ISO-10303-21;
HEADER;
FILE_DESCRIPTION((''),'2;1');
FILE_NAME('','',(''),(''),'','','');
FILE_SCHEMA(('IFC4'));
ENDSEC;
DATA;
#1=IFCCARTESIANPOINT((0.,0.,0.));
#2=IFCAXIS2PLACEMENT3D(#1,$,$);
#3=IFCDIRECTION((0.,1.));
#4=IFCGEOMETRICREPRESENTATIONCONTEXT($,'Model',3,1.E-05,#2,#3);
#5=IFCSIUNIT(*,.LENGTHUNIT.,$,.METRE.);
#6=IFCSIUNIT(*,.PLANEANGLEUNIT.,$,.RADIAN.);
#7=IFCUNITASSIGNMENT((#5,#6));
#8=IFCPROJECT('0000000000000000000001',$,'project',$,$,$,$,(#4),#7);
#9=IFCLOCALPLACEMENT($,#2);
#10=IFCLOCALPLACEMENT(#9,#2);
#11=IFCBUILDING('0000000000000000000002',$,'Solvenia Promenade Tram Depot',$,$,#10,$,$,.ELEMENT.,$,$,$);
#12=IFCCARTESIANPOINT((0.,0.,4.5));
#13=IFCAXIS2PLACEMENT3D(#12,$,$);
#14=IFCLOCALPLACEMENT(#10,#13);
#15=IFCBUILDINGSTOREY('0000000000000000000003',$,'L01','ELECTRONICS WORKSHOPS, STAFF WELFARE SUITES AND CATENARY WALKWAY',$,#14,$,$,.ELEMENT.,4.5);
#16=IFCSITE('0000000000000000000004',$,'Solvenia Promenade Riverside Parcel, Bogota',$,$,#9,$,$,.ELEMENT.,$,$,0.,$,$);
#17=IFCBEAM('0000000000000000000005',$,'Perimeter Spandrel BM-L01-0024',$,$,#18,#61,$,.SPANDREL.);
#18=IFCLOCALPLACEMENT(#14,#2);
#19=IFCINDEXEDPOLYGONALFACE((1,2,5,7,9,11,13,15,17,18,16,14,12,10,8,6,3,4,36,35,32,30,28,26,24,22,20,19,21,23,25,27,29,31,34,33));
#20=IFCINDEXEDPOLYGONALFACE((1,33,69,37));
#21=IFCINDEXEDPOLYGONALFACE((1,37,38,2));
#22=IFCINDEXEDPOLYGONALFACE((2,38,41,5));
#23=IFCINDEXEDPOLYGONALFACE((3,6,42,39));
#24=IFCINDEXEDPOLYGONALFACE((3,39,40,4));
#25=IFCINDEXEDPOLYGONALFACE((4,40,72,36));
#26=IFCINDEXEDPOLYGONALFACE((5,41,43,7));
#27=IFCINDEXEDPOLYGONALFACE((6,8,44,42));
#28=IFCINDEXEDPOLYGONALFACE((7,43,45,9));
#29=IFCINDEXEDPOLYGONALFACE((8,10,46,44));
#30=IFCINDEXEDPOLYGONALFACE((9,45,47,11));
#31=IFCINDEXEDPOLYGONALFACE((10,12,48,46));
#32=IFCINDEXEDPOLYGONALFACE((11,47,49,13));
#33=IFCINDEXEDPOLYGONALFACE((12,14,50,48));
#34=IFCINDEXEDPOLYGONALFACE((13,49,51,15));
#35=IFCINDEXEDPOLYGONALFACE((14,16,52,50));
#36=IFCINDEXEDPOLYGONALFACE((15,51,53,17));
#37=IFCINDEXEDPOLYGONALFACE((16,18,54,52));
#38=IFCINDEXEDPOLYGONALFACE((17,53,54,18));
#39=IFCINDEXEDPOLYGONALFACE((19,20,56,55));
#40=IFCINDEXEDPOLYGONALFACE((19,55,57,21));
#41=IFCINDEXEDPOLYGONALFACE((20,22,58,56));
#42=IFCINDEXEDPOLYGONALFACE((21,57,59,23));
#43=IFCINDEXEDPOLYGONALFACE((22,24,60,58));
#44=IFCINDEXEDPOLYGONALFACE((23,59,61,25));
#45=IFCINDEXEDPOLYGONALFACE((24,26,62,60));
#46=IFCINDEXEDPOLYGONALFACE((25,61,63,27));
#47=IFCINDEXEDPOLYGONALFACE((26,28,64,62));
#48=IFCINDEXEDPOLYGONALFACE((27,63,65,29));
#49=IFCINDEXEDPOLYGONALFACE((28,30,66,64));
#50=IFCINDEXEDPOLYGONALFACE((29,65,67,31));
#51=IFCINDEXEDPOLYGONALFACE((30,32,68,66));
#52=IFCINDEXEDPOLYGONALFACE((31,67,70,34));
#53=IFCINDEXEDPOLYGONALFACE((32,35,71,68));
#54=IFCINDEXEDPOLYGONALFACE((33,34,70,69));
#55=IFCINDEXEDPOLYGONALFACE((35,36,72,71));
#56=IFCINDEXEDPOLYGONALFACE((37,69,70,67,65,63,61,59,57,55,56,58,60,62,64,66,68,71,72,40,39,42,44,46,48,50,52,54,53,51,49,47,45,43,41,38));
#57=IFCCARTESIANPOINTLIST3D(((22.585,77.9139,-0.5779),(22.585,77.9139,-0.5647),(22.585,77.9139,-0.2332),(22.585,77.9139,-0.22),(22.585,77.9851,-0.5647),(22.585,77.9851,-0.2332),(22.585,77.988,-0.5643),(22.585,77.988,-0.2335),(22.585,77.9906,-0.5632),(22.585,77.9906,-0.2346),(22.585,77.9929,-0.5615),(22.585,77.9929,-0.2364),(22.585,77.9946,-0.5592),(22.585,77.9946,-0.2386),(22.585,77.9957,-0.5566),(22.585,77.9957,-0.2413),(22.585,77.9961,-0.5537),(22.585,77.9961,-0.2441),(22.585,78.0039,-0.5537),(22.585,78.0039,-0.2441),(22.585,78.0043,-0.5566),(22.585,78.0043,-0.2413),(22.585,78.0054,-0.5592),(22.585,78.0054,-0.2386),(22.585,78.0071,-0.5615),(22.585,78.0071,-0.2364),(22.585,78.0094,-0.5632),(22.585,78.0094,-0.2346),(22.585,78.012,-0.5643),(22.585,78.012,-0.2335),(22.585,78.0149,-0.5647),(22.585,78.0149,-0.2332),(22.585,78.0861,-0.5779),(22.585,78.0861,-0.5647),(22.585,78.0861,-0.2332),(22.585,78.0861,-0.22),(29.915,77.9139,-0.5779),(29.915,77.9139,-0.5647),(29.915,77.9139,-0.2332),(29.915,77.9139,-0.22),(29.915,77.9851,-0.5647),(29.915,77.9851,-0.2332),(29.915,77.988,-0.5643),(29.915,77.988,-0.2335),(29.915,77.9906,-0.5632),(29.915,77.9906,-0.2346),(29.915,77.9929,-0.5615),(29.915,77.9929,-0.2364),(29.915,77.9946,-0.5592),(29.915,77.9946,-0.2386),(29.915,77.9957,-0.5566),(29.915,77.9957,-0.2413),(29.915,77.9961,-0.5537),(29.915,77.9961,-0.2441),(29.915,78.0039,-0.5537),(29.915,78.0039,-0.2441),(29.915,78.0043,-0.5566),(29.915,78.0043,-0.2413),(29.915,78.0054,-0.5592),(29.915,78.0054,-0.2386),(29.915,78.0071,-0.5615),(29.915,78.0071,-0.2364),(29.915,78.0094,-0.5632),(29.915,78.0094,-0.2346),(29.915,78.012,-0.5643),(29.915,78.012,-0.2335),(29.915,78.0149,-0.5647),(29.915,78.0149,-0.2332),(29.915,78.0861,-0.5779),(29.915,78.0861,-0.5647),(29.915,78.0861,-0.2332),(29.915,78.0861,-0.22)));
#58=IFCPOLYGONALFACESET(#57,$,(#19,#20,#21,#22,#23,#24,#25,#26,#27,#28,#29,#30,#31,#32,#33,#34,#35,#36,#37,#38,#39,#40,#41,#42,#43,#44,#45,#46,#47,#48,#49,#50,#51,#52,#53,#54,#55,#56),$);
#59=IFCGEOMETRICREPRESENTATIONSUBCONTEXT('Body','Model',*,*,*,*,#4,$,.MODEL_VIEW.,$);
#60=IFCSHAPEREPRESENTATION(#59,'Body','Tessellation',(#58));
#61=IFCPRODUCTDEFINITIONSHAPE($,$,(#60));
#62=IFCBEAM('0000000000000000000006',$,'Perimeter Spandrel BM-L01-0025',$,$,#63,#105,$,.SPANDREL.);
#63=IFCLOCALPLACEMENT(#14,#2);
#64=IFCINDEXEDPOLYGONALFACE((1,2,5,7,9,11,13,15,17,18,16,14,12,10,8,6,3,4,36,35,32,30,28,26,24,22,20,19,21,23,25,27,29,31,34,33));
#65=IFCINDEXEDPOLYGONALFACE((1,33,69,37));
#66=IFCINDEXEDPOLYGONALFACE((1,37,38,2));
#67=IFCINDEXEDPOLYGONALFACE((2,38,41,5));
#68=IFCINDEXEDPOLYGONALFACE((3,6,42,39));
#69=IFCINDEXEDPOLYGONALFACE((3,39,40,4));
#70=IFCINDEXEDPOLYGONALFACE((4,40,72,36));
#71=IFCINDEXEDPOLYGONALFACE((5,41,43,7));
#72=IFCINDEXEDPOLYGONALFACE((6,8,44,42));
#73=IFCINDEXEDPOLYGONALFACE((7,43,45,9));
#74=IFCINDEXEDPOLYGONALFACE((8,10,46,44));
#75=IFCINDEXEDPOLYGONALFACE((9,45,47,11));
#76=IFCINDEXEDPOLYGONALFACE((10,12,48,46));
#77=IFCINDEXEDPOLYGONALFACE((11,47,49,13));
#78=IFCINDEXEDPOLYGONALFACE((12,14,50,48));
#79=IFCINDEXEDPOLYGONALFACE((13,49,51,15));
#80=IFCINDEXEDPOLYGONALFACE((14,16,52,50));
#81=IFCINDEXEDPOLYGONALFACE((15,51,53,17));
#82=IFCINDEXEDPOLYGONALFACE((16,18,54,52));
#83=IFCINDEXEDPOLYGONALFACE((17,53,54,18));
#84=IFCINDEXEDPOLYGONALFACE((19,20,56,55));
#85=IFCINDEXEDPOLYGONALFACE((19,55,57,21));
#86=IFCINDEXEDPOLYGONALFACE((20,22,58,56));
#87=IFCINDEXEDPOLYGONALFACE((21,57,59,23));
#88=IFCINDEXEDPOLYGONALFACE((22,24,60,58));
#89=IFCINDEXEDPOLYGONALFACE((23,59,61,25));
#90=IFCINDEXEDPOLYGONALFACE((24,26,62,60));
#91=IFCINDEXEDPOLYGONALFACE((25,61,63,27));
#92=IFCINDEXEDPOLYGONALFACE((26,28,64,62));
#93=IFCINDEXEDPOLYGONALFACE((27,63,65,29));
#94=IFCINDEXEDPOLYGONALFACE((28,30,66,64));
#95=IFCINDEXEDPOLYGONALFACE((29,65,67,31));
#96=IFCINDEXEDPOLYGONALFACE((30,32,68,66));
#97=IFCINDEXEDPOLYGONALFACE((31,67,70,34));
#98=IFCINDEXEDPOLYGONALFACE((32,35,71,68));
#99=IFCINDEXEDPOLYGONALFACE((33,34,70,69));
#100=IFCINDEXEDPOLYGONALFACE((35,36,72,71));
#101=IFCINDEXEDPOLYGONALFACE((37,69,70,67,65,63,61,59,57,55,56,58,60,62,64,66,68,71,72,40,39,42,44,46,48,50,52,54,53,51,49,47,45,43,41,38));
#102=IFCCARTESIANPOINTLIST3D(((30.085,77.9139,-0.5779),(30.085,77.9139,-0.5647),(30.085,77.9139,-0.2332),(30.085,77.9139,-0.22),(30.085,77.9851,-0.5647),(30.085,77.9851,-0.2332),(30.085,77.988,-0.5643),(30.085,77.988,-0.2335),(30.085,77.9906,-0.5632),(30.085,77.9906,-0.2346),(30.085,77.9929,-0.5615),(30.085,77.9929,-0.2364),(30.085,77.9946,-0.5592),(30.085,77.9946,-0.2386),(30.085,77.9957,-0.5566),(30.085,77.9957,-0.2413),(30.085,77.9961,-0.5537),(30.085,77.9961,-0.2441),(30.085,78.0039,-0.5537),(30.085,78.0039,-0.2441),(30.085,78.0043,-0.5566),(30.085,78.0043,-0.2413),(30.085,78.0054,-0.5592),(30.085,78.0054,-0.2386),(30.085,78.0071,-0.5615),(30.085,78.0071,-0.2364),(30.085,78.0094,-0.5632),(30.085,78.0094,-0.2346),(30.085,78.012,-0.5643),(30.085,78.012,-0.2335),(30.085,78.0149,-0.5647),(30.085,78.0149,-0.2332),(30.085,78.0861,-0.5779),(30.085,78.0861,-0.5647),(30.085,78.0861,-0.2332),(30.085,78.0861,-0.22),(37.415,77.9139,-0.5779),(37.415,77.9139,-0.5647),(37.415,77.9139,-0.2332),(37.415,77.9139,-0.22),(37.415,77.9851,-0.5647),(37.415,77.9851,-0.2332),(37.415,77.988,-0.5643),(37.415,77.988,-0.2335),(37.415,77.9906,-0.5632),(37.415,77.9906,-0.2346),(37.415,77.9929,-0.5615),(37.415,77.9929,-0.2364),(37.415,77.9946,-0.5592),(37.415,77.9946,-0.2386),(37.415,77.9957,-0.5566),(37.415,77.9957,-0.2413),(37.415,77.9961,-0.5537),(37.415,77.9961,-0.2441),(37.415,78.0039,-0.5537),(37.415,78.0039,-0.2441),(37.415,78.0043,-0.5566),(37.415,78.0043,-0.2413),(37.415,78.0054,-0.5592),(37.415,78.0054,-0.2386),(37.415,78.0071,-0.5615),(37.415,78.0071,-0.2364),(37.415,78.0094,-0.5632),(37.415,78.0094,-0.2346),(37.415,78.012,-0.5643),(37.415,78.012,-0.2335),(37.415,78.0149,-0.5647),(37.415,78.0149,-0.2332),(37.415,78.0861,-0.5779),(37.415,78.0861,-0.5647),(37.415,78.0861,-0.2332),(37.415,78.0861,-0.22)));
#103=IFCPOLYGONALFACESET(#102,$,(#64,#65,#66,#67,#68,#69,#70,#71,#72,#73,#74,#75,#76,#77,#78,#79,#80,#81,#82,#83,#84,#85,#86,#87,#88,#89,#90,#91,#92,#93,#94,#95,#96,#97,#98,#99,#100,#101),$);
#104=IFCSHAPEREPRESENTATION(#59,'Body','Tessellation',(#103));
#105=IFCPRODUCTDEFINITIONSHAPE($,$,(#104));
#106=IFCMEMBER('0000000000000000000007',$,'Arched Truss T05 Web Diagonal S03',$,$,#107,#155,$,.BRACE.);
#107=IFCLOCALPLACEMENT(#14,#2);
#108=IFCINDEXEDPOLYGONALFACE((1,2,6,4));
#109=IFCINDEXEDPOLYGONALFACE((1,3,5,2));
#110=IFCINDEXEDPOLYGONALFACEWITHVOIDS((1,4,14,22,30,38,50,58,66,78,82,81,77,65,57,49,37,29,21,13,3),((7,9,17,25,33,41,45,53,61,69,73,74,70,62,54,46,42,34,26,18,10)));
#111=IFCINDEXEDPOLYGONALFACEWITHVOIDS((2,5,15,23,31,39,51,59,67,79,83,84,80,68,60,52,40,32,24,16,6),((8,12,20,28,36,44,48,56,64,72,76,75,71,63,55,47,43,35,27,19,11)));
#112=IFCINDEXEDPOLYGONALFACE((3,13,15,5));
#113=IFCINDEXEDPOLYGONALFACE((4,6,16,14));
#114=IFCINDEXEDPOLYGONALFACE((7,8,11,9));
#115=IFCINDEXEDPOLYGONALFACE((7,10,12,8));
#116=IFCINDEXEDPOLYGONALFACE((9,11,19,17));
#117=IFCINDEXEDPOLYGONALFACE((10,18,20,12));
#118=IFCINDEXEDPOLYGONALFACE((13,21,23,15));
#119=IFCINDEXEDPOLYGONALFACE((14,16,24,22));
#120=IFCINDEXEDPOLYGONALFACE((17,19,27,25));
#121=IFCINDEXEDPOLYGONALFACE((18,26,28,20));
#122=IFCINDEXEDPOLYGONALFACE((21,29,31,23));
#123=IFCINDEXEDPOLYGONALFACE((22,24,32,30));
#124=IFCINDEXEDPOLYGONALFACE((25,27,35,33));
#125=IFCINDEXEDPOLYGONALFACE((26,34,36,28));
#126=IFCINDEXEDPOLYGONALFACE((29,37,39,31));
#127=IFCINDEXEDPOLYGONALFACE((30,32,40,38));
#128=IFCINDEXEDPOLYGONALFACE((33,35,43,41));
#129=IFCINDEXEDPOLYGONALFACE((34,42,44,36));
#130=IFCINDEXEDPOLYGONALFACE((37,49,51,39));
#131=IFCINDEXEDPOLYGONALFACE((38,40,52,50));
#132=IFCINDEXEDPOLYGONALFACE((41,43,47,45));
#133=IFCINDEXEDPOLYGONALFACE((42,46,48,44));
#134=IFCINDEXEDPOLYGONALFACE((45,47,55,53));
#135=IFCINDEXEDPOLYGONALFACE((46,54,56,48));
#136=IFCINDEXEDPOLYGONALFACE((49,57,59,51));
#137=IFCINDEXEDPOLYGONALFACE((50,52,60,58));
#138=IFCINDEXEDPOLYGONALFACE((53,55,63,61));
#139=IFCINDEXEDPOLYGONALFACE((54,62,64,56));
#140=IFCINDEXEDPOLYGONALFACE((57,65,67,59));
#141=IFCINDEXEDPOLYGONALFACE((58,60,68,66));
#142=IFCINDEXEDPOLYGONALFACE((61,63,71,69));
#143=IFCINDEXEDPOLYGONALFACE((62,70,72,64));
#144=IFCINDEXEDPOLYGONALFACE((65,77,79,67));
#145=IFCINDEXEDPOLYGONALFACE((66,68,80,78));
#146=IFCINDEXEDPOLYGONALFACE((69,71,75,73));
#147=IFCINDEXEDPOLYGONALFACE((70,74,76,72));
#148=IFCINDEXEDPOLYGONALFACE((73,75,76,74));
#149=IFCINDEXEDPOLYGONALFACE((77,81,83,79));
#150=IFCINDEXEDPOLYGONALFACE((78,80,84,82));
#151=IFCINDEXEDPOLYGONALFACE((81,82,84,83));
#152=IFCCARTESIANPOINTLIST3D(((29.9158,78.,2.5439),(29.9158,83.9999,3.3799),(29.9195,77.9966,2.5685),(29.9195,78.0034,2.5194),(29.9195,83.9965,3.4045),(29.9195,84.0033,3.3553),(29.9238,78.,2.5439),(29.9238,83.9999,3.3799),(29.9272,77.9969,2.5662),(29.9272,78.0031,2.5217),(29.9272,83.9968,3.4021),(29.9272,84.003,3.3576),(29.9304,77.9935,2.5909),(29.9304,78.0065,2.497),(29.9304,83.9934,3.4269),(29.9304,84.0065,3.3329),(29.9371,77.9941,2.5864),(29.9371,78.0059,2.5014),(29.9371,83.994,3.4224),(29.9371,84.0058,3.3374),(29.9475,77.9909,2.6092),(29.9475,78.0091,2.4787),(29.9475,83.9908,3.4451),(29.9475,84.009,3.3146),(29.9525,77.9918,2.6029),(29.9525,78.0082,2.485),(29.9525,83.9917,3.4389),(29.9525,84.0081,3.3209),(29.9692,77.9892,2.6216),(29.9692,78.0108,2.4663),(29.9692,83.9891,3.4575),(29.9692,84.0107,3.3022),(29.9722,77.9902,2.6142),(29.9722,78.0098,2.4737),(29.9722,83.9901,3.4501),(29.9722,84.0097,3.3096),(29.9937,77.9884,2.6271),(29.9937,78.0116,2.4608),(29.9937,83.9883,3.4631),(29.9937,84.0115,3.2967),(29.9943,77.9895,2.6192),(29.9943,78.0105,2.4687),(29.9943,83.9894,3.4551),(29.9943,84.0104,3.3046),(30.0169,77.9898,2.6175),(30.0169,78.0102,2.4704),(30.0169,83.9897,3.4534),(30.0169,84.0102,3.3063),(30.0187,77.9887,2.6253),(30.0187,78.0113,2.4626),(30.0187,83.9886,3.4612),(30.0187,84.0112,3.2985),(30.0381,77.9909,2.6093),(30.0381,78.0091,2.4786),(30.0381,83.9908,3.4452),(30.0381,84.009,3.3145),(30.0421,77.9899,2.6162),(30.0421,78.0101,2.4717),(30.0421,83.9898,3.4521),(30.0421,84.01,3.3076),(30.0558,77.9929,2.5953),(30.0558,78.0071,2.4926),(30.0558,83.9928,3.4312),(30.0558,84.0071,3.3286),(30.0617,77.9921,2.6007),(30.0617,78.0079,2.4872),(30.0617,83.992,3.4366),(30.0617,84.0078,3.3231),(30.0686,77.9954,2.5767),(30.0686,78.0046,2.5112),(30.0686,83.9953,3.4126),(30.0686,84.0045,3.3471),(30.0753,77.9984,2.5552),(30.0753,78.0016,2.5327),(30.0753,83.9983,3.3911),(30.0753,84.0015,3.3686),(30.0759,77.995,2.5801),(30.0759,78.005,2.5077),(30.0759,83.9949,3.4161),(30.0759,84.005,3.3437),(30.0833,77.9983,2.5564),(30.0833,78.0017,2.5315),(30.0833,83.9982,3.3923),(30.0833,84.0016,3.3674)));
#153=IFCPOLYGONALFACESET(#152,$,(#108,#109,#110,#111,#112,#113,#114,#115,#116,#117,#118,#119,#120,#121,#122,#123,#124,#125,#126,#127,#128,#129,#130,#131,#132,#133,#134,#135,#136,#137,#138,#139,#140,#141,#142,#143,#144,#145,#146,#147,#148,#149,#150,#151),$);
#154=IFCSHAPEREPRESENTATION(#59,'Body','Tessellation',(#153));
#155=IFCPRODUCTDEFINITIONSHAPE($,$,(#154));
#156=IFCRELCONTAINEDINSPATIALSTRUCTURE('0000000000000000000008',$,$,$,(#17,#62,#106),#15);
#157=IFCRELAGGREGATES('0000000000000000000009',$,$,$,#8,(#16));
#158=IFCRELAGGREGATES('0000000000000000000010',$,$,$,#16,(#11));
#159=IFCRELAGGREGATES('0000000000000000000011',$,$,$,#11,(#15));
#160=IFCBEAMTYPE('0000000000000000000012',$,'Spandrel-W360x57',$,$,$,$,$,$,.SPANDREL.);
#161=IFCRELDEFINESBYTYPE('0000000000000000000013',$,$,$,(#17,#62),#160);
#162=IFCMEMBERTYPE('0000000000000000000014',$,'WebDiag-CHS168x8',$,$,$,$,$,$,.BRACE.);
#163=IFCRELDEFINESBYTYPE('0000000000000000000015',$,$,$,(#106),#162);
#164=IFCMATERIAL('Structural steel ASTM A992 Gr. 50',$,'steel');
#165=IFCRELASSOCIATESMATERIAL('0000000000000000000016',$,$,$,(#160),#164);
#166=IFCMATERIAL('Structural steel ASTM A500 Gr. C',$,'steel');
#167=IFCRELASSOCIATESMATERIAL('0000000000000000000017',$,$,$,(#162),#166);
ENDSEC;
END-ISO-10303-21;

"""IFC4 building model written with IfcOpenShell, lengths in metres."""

from ifc_helpers import new_model, si_unit, direction, frame, origin, origin_2d, place, context, subcontext, project, spatial, hollow_circle, i_section, extrude, material, material_profile, profile_set, type_object, element, save


model = new_model("IFC4")

# Units and contexts
model_context = context("Model", 3, precision=1e-05, world=origin(), true_north=direction((0.0, 1.0)))
body_context = subcontext(model_context, "Body", "Model", "MODEL_VIEW")
ifc_project = project(units=[si_unit("LENGTHUNIT", "METRE"), si_unit("PLANEANGLEUNIT", "RADIAN")], contexts=[model_context])

# Site, building, storey
site_placement = place(None, origin())
site = spatial("IfcSite", under=ifc_project, at=site_placement, Name="Solvenia Promenade Riverside Parcel, Bogota", CompositionType="ELEMENT", RefElevation=0.0)
building_placement = place(site_placement, origin())
building = spatial("IfcBuilding", under=site, at=building_placement, Name="Solvenia Promenade Tram Depot", CompositionType="ELEMENT")
storey_placement = place(building_placement, frame((0.0, 0.0, 4.5)))
storey = spatial("IfcBuildingStorey", under=building, at=storey_placement, Name="L01", Description="ELECTRONICS WORKSHOPS, STAFF WELFARE SUITES AND CATENARY WALKWAY", CompositionType="ELEMENT", Elevation=4.5)

# Shared definitions
ifc_material_1 = material(Name="Structural steel ASTM A500 Gr. C", Category="steel")

# Shared definitions
ifc_material_2 = material(Name="Structural steel ASTM A992 Gr. 50", Category="steel")

# Beams
ifc_material_profile_1 = material_profile(ifc_material_2, i_section(OverallWidth=0.1721, OverallDepth=0.3579, WebThickness=0.0078, FlangeThickness=0.0132, FilletRadius=0.011, at=origin_2d()), Name="W360x57", Category="steel")
ifc_profile_set_1 = profile_set([ifc_material_profile_1], Name="Structural steel ASTM A992 Gr. 50")
beam_type_1 = type_object("IfcBeamType", Name="Spandrel-W360x57", PredefinedType="SPANDREL", material=ifc_profile_set_1)
for number, where, z_axis, x_axis, name in (
    (1, (22.585, 78.0, -0.3989), (1.0, 0.0, 0.0), (0.0, 1.0, 0.0), "Perimeter Spandrel BM-L01-0024"),
    (2, (30.085, 78.0, -0.3989), (1.0, 0.0, 0.0), (0.0, 1.0, 0.0), "Perimeter Spandrel BM-L01-0025"),
):
    element("IfcBeam", number, at=place(storey_placement, frame(where, z_axis=z_axis, x_axis=x_axis)), inside=storey, type_object=beam_type_1, Name=name, PredefinedType="SPANDREL", context=body_context, shape_type="SweptSolid", body=[
        extrude(i_section(OverallWidth=0.1721, OverallDepth=0.3579, WebThickness=0.0078, FlangeThickness=0.0132, FilletRadius=0.011, at=origin_2d()), origin(), (0.0, 0.0, 1.0), 7.3301),
    ])

# Member
ifc_material_profile_2 = material_profile(ifc_material_1, hollow_circle(Radius=0.0842, WallThickness=0.0081, at=origin_2d()), Name="CHS168.3x8", Category="steel")
ifc_profile_set_2 = profile_set([ifc_material_profile_2], Name="Structural steel ASTM A500 Gr. C")
member_type_1 = type_object("IfcMemberType", Name="WebDiag-CHS168x8", PredefinedType="BRACE", material=ifc_profile_set_2)
member_1_placement = place(storey_placement, frame((30.0, 78.0, 2.5439), z_axis=(0.0, 0.990434, 0.13799), x_axis=(-1.0, 0.0, 0.0)))
element("IfcMember", 3, at=member_1_placement, inside=storey, type_object=member_type_1, Name="Arched Truss T05 Web Diagonal S03", PredefinedType="BRACE", context=body_context, shape_type="SweptSolid", body=[
    extrude(hollow_circle(Radius=0.0842, WallThickness=0.0081, at=origin_2d()), origin(), (0.0, 0.0, 1.0), 6.0579),
])

save(model, "model.ifc")
